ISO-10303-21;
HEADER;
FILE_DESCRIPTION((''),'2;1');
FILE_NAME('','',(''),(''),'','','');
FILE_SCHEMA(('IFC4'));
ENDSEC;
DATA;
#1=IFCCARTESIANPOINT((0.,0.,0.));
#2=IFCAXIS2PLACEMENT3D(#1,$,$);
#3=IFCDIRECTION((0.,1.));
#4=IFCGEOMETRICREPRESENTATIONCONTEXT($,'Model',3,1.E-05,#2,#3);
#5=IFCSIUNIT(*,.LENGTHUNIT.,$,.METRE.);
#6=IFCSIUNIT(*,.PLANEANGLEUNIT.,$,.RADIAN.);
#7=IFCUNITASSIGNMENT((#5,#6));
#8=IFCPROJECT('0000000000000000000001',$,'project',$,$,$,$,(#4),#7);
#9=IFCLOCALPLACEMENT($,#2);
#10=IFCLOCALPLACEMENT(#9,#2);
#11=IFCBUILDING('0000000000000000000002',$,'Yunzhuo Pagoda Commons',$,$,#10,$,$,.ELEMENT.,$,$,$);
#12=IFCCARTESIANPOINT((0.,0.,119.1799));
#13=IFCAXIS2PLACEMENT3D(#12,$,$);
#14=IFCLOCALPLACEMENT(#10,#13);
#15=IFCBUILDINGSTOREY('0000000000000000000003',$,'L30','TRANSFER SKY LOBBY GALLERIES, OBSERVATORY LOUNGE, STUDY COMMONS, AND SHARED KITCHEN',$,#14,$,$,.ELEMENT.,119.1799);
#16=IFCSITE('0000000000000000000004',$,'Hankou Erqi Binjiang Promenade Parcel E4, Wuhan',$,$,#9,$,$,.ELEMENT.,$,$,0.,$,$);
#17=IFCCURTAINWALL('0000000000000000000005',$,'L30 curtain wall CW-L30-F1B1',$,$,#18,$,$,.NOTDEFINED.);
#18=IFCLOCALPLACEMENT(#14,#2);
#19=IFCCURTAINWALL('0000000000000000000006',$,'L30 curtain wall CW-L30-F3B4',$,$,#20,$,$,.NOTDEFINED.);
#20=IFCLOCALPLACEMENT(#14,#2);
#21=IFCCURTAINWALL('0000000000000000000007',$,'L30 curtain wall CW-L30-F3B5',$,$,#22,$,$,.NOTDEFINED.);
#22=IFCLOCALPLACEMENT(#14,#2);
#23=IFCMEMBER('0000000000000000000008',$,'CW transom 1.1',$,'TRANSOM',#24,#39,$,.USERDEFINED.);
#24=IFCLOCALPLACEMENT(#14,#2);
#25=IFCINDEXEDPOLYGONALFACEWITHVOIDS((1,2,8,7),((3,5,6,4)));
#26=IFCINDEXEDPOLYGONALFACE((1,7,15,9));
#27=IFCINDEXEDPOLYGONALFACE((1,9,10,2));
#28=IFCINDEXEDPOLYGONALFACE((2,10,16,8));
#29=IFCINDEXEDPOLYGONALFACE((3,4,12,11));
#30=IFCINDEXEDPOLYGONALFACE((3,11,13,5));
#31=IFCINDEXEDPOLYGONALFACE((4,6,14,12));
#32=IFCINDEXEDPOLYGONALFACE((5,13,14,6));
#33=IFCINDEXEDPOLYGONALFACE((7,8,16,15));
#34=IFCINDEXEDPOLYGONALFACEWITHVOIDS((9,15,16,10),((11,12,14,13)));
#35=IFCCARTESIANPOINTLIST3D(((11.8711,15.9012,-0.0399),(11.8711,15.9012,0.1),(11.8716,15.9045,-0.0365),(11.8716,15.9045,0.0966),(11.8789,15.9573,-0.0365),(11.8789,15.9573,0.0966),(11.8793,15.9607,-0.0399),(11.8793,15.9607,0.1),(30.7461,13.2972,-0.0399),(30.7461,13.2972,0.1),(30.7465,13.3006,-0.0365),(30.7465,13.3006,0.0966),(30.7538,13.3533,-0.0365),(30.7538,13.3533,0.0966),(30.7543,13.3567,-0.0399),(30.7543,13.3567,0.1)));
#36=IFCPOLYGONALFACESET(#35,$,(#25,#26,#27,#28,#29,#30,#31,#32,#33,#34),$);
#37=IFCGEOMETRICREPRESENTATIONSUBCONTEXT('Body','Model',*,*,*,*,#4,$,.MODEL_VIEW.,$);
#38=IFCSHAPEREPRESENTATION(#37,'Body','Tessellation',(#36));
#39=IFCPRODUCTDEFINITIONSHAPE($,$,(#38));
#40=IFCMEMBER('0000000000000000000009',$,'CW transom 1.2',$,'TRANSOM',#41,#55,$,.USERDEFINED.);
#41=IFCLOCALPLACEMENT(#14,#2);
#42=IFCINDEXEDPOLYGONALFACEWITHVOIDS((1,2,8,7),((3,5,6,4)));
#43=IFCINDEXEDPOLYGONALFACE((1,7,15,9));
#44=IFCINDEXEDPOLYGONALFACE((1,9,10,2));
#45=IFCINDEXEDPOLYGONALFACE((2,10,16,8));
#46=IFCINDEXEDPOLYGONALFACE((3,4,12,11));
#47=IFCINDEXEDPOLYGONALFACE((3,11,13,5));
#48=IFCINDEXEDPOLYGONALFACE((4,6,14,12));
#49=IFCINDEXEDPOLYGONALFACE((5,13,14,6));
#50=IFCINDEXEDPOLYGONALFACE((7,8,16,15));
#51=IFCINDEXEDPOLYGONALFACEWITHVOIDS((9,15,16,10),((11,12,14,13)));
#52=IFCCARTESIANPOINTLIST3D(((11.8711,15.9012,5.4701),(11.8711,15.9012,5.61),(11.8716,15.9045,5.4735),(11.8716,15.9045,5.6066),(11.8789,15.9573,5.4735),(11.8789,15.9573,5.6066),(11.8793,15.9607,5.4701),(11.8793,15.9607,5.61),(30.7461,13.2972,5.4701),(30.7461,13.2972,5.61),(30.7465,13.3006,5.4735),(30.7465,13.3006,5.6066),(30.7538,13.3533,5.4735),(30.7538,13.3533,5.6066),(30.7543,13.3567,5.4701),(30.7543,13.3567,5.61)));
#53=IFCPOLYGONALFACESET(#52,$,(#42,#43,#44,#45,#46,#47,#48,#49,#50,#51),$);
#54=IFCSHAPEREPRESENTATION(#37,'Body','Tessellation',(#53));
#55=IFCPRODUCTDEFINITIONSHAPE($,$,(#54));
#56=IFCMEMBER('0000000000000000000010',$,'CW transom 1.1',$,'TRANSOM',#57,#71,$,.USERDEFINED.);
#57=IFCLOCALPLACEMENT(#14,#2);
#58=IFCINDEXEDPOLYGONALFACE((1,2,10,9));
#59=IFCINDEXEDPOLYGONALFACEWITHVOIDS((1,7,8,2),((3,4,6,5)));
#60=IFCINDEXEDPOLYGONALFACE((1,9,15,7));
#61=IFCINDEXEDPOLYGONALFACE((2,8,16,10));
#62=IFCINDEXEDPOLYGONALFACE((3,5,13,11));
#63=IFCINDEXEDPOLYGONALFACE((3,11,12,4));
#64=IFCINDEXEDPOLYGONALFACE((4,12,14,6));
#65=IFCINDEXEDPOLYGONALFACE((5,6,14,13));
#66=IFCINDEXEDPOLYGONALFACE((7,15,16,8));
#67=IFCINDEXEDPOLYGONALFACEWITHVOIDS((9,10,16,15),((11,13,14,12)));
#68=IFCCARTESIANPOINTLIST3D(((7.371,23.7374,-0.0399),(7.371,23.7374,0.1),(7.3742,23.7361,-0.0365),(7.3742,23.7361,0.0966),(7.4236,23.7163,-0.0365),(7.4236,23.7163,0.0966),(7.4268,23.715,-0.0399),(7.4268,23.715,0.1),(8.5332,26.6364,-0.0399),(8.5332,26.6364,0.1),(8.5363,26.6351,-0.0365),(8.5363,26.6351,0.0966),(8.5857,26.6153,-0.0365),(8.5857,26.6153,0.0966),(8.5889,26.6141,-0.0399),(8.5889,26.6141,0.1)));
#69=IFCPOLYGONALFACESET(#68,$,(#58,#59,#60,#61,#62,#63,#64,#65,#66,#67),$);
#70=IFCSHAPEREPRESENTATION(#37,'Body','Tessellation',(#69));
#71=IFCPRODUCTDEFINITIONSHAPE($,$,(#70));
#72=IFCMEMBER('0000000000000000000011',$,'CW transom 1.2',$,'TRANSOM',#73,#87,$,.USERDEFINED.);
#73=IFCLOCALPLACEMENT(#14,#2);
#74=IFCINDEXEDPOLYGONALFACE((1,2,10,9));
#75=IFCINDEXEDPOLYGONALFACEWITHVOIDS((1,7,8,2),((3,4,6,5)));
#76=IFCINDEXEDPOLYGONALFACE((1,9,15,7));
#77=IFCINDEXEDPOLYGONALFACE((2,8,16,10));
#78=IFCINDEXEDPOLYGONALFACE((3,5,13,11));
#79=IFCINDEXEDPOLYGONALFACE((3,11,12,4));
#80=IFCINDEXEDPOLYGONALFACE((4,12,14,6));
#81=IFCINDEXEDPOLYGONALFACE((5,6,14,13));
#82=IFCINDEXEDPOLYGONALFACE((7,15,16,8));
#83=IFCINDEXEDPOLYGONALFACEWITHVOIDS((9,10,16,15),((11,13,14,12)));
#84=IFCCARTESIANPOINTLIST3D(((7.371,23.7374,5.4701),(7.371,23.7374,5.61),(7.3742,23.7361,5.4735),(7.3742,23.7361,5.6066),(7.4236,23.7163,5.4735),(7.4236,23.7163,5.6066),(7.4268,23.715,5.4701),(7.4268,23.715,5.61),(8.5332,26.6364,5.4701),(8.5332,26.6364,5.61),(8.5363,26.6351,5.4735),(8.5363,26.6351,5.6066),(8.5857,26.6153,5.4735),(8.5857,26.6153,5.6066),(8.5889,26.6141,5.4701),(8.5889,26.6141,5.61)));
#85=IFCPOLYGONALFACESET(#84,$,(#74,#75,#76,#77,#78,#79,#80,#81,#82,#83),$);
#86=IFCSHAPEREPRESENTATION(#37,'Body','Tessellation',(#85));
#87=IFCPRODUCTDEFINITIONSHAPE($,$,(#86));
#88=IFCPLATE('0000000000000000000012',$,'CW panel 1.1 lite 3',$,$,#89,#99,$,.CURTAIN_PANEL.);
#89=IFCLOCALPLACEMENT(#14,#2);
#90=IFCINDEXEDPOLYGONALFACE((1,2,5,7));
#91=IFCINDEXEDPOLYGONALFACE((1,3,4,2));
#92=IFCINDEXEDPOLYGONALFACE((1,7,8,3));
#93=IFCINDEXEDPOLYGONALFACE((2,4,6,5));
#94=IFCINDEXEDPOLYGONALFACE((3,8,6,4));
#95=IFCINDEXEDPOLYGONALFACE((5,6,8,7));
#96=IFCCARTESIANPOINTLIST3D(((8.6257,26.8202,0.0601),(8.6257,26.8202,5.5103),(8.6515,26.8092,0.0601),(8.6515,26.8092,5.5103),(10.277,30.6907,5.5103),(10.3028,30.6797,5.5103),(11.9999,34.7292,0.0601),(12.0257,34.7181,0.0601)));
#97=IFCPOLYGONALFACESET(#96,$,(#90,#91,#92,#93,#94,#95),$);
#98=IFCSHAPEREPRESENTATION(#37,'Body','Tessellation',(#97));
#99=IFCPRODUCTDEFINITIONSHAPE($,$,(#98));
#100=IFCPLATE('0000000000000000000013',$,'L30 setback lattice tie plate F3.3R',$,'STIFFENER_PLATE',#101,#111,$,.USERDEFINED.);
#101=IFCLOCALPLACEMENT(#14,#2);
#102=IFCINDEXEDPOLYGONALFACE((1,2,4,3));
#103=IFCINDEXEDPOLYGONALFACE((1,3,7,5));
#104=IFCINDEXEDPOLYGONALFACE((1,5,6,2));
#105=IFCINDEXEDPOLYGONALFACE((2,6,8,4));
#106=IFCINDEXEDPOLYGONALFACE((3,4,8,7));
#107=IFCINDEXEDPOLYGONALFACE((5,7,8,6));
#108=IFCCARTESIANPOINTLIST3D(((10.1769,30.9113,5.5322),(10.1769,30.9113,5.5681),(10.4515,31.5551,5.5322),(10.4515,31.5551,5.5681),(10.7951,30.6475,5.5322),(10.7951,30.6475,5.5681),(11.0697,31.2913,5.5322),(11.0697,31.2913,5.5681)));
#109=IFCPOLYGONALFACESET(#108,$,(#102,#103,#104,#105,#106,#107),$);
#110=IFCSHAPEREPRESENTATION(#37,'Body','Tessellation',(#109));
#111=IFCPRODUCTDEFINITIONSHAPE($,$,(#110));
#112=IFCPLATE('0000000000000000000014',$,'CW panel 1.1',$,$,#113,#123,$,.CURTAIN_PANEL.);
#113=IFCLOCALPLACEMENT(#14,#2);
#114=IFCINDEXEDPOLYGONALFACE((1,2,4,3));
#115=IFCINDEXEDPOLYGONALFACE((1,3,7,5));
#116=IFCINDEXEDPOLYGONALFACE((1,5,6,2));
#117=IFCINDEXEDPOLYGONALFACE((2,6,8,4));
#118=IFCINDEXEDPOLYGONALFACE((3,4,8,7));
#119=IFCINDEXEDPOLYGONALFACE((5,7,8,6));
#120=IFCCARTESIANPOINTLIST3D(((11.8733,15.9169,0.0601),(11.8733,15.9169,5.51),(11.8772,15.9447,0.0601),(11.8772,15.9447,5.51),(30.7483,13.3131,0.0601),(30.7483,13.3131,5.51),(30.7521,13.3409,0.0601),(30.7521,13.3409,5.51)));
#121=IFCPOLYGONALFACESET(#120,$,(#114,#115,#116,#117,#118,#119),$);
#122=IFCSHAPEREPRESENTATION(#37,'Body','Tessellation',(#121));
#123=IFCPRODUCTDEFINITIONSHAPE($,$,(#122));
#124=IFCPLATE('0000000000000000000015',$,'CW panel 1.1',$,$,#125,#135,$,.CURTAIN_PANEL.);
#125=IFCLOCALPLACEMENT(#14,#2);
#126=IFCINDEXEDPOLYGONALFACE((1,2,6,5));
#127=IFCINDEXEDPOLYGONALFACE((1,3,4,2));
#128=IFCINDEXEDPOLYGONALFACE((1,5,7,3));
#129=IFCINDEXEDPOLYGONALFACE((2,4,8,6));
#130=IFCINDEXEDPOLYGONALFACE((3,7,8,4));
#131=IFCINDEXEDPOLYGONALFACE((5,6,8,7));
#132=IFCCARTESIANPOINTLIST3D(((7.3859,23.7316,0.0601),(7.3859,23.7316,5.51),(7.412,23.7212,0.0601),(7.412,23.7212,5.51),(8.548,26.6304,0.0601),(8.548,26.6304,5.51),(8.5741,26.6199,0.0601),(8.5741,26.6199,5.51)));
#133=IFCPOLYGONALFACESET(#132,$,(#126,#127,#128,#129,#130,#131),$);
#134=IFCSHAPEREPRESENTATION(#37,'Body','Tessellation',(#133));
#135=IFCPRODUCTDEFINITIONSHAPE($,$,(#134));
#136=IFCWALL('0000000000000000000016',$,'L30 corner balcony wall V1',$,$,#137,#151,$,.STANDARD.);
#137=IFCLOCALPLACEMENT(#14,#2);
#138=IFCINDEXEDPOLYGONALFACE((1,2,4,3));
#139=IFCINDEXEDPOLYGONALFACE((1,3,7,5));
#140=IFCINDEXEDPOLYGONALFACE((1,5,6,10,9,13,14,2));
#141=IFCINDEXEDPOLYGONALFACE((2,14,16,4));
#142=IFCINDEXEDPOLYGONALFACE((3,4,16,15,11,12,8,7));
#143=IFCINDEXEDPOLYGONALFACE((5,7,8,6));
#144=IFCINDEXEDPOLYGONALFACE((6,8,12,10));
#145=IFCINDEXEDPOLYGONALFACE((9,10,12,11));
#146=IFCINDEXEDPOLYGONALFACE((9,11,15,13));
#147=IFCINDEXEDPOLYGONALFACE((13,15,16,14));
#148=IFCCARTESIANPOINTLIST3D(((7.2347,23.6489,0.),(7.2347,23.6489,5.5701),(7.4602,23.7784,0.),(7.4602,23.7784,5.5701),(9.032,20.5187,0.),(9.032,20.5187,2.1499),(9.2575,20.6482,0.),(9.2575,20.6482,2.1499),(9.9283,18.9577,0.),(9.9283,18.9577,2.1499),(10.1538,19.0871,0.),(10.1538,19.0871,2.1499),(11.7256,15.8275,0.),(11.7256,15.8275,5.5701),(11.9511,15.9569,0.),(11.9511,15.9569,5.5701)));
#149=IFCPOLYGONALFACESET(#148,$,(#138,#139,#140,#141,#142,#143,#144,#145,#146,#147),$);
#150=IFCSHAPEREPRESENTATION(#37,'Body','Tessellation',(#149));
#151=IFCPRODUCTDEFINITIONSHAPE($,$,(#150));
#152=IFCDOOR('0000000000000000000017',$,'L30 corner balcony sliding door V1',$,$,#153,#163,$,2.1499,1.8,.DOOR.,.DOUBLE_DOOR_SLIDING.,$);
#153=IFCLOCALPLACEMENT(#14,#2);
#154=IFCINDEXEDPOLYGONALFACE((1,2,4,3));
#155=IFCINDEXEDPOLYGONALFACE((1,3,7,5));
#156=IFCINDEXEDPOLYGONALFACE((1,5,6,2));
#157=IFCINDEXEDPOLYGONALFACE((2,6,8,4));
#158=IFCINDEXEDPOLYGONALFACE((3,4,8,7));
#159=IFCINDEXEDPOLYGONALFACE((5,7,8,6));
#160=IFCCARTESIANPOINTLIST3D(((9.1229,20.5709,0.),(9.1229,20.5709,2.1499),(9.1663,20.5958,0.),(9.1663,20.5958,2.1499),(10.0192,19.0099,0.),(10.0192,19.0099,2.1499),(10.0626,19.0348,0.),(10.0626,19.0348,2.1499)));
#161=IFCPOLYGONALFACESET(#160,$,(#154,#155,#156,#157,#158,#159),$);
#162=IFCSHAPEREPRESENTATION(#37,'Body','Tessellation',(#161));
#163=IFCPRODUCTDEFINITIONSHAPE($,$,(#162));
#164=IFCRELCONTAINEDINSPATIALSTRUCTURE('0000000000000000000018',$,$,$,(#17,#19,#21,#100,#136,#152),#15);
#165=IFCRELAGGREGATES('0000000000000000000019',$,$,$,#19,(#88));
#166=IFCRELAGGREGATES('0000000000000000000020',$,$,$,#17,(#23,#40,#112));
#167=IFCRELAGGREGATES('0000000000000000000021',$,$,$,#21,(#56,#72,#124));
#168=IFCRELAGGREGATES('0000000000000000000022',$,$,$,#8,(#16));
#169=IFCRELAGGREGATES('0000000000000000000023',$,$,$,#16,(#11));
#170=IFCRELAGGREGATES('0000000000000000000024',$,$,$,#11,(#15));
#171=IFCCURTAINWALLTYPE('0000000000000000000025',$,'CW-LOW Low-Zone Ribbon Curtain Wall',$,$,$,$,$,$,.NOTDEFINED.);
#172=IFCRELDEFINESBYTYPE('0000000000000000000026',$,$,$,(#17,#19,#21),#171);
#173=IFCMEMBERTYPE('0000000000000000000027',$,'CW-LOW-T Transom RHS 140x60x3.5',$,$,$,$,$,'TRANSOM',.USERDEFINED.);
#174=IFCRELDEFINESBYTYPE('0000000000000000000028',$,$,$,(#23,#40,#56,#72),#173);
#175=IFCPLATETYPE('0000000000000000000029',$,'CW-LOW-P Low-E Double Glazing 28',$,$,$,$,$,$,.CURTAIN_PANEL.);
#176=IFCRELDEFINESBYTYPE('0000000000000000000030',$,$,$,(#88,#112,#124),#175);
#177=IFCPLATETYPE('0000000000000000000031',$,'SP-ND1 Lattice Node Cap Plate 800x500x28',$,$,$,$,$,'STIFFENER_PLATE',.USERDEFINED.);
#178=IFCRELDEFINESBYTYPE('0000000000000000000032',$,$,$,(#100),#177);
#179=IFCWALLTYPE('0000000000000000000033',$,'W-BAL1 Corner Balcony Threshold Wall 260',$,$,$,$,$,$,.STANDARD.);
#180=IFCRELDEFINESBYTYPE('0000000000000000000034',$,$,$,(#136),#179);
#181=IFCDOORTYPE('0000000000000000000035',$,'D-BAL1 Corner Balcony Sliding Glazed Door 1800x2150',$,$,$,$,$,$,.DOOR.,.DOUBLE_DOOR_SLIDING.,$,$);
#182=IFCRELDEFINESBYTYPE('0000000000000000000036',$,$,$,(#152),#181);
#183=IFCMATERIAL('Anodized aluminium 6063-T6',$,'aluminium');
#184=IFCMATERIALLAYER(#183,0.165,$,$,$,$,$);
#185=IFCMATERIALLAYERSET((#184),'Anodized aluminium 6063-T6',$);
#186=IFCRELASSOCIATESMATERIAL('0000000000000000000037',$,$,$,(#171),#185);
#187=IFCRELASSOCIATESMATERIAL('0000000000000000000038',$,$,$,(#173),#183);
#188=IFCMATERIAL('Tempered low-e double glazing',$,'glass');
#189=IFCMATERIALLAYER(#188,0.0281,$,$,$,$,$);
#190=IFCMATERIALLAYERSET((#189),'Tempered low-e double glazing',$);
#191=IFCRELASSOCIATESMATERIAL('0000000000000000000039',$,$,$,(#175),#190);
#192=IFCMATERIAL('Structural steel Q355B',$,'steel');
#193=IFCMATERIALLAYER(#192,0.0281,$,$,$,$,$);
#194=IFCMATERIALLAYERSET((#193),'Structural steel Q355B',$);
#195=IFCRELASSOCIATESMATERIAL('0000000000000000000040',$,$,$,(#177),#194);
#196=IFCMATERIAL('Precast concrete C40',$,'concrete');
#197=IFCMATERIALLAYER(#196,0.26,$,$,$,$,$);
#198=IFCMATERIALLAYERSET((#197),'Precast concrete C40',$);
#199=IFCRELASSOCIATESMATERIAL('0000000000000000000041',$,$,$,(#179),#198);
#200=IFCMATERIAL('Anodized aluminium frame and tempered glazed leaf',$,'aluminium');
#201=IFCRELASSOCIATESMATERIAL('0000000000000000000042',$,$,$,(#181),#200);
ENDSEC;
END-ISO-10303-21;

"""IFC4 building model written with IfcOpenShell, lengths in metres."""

from ifc_helpers import new_model, si_unit, direction, frame, frame_2d, origin, origin_with_axes, origin_2d, place, context, subcontext, project, spatial, polyline, rectangle, hollow_rectangle, outline, extrude, source, transform, mapped, material, layer, layer_set, material_profile, profile_set, type_object, element, fill, aggregate, save


model = new_model("IFC4")

# Units and contexts
model_context = context("Model", 3, precision=1e-05, world=origin(), true_north=direction((0.0, 1.0)))
body_context = subcontext(model_context, "Body", "Model", "MODEL_VIEW")
ifc_project = project(units=[si_unit("LENGTHUNIT", "METRE"), si_unit("PLANEANGLEUNIT", "RADIAN")], contexts=[model_context])

# Site, building, storey
site_placement = place(None, origin())
site = spatial("IfcSite", under=ifc_project, at=site_placement, Name="Hankou Erqi Binjiang Promenade Parcel E4, Wuhan", CompositionType="ELEMENT", RefElevation=0.0)
building_placement = place(site_placement, origin())
building = spatial("IfcBuilding", under=site, at=building_placement, Name="Yunzhuo Pagoda Commons", CompositionType="ELEMENT")
storey_placement = place(building_placement, frame((0.0, 0.0, 119.1799)))
storey = spatial("IfcBuildingStorey", under=building, at=storey_placement, Name="L30", Description="TRANSFER SKY LOBBY GALLERIES, OBSERVATORY LOUNGE, STUDY COMMONS, AND SHARED KITCHEN", CompositionType="ELEMENT", Elevation=119.1799)

# Shared definitions
ifc_material_1 = material(Name="Structural steel Q355B", Category="steel")

# Curtain walls
ifc_material_2 = material(Name="Anodized aluminium 6063-T6", Category="aluminium")
ifc_layer_1 = layer(ifc_material_2, 0.165)
ifc_layer_set_1 = layer_set([ifc_layer_1], Name="Anodized aluminium 6063-T6")
curtain_wall_type = type_object("IfcCurtainWallType", Name="CW-LOW Low-Zone Ribbon Curtain Wall", PredefinedType="NOTDEFINED", material=ifc_layer_set_1)
curtain_wall_1_placement = place(storey_placement, origin())
curtain_wall_1 = element("IfcCurtainWall", 1, at=curtain_wall_1_placement, inside=storey, type_object=curtain_wall_type, Name="L30 curtain wall CW-L30-F1B1", PredefinedType="NOTDEFINED")
curtain_wall_2_placement = place(storey_placement, origin())
curtain_wall_2 = element("IfcCurtainWall", 2, at=curtain_wall_2_placement, inside=storey, type_object=curtain_wall_type, Name="L30 curtain wall CW-L30-F3B4", PredefinedType="NOTDEFINED")

# Curtain wall
curtain_wall_3_placement = place(storey_placement, origin())
curtain_wall_3 = element("IfcCurtainWall", 3, at=curtain_wall_3_placement, inside=storey, type_object=curtain_wall_type, Name="L30 curtain wall CW-L30-F3B5", PredefinedType="NOTDEFINED")

# Members
ifc_material_profile_1 = material_profile(ifc_material_2, hollow_rectangle(XDim=0.0601, YDim=0.1399, WallThickness=0.0034, at=origin_2d()), Name="Anodized aluminium 6063-T6")
ifc_profile_set_1 = profile_set([ifc_material_profile_1], Name="Anodized aluminium 6063-T6")
member_type_1 = type_object("IfcMemberType", Name="CW-LOW-T Transom RHS 140x60x3.5", ElementType="TRANSOM", PredefinedType="USERDEFINED", material=ifc_profile_set_1)
shared_shape_1 = source(origin(), body_context, "Body", "SweptSolid", [
    extrude(hollow_rectangle(XDim=0.0601, YDim=0.1399, WallThickness=0.0034, at=origin_2d()), origin(), (0.0, 0.0, 1.0), 19.0537),
])
member_1_placement = place(storey_placement, frame((11.8752, 15.9309, 0.03), z_axis=(0.990617, -0.136666, 0.0), x_axis=(0.136666, 0.990617, 0.0)))
member_1 = element("IfcMember", 4, at=member_1_placement, type_object=member_type_1, Name="CW transom 1.1", ObjectType="TRANSOM", PredefinedType="USERDEFINED", context=body_context, shape_type="MappedRepresentation", body=[
    mapped(shared_shape_1, transform((0.0, 0.0, 0.0), scale=1.0)),
])
member_2_placement = place(storey_placement, frame((11.8752, 15.9309, 5.54), z_axis=(0.990617, -0.136666, 0.0), x_axis=(0.136666, 0.990617, 0.0)))
member_2 = element("IfcMember", 5, at=member_2_placement, type_object=member_type_1, Name="CW transom 1.2", ObjectType="TRANSOM", PredefinedType="USERDEFINED", context=body_context, shape_type="MappedRepresentation", body=[
    mapped(shared_shape_1, transform((0.0, 0.0, 0.0), scale=1.0)),
])
shared_shape_2 = source(origin(), body_context, "Body", "SweptSolid", [
    extrude(hollow_rectangle(XDim=0.0601, YDim=0.1399, WallThickness=0.0034, at=origin_2d()), origin(), (0.0, 0.0, 1.0), 3.1233),
])
member_3_placement = place(storey_placement, frame((8.561, 26.6252, 0.03), z_axis=(-0.372091, -0.928196, 0.0), x_axis=(0.928196, -0.372091, 0.0)))
member_3 = element("IfcMember", 6, at=member_3_placement, type_object=member_type_1, Name="CW transom 1.1", ObjectType="TRANSOM", PredefinedType="USERDEFINED", context=body_context, shape_type="MappedRepresentation", body=[
    mapped(shared_shape_2, transform((0.0, 0.0, 0.0), scale=1.0)),
])
member_4_placement = place(storey_placement, frame((8.561, 26.6252, 5.54), z_axis=(-0.372091, -0.928196, 0.0), x_axis=(0.928196, -0.372091, 0.0)))
member_4 = element("IfcMember", 7, at=member_4_placement, type_object=member_type_1, Name="CW transom 1.2", ObjectType="TRANSOM", PredefinedType="USERDEFINED", context=body_context, shape_type="MappedRepresentation", body=[
    mapped(shared_shape_2, transform((0.0, 0.0, 0.0), scale=1.0)),
])

# Plates
ifc_material_3 = material(Name="Tempered low-e double glazing", Category="glass")
ifc_layer_2 = layer(ifc_material_3, 0.0281)
ifc_layer_set_2 = layer_set([ifc_layer_2], Name="Tempered low-e double glazing")
plate_type_1 = type_object("IfcPlateType", Name="CW-LOW-P Low-E Double Glazing 28", PredefinedType="CURTAIN_PANEL", material=ifc_layer_set_2)
plate_1_placement = place(storey_placement, frame((10.3386, 30.7637, 2.7852), z_axis=(-0.919788, 0.392415, 0.0), x_axis=(-0.392415, -0.919788, 0.0)))
plate_1 = element("IfcPlate", 8, at=plate_1_placement, type_object=plate_type_1, Name="CW panel 1.1 lite 3", PredefinedType="CURTAIN_PANEL", context=body_context, shape_type="SweptSolid", body=[
    extrude(outline(polyline([(-4.2993, -2.7251), (4.2993, -2.7251), (4.2993, 2.7251), (0.0913, 2.7251), (-4.2993, -2.7251)])), origin(), (0.0, 0.0, 1.0), 0.0281),
])
aggregate(curtain_wall_2, [plate_1])
ifc_layer_3 = layer(ifc_material_1, 0.0281)
ifc_layer_set_3 = layer_set([ifc_layer_3], Name="Structural steel Q355B")
plate_type_2 = type_object("IfcPlateType", Name="SP-ND1 Lattice Node Cap Plate 800x500x28", ElementType="STIFFENER_PLATE", PredefinedType="USERDEFINED", material=ifc_layer_set_3)
shared_shape_3 = source(origin(), body_context, "Body", "SweptSolid", [
    extrude(rectangle(XDim=0.7, YDim=0.6721, at=origin_2d()), origin(), (0.0, 0.0, 1.0), 0.0359),
])
plate_2_placement = place(storey_placement, frame((10.6233, 31.1013, 5.5322), z_axis=(0.0, 0.0, 1.0), x_axis=(-0.392417, -0.919787, 0.0)))
element("IfcPlate", 9, at=plate_2_placement, inside=storey, type_object=plate_type_2, Name="L30 setback lattice tie plate F3.3R", ObjectType="STIFFENER_PLATE", PredefinedType="USERDEFINED", context=body_context, shape_type="MappedRepresentation", body=[
    mapped(shared_shape_3, transform((0.0, 0.0, 0.0), scale=1.0)),
])
shared_shape_4 = source(origin(), body_context, "Body", "SweptSolid", [
    extrude(rectangle(XDim=19.0537, YDim=0.0281, at=origin_2d()), origin(), (0.0, 0.0, 1.0), 5.45),
])
plate_3_placement = place(storey_placement, frame((21.3127, 14.6289, 0.0601), z_axis=(0.0, 0.0, 1.0), x_axis=(0.990618, -0.136657, 0.0)))
plate_3 = element("IfcPlate", 10, at=plate_3_placement, type_object=plate_type_1, Name="CW panel 1.1", PredefinedType="CURTAIN_PANEL", context=body_context, shape_type="MappedRepresentation", body=[
    mapped(shared_shape_4, transform((0.0, 0.0, 0.0), scale=1.0)),
])
aggregate(curtain_wall_1, [member_1, member_2, plate_3])
shared_shape_5 = source(origin(), body_context, "Body", "SweptSolid", [
    extrude(rectangle(XDim=3.123, YDim=0.0281, at=origin_2d()), origin(), (0.0, 0.0, 1.0), 5.45),
])
plate_4_placement = place(storey_placement, frame((7.98, 25.1758, 0.0601), z_axis=(0.0, 0.0, 1.0), x_axis=(-0.372106, -0.92819, 0.0)))
plate_4 = element("IfcPlate", 11, at=plate_4_placement, type_object=plate_type_1, Name="CW panel 1.1", PredefinedType="CURTAIN_PANEL", context=body_context, shape_type="MappedRepresentation", body=[
    mapped(shared_shape_5, transform((0.0, 0.0, 0.0), scale=1.0)),
])
aggregate(curtain_wall_3, [member_3, member_4, plate_4])

# Wall, opening, door
ifc_material_4 = material(Name="Precast concrete C40", Category="concrete")
ifc_layer_4 = layer(ifc_material_4, 0.26)
ifc_layer_set_4 = layer_set([ifc_layer_4], Name="Precast concrete C40")
wall_type = type_object("IfcWallType", Name="W-BAL1 Corner Balcony Threshold Wall 260", PredefinedType="STANDARD", material=ifc_layer_set_4)
wall_placement = place(storey_placement, frame((7.3474, 23.7136, 0.0), z_axis=(0.0, 0.0, 1.0), x_axis=(0.497937, -0.867213, 0.0)))
wall = element("IfcWall", 12, at=wall_placement, inside=storey, type_object=wall_type, Name="L30 corner balcony wall V1", PredefinedType="STANDARD", context=body_context, shape_type="SweptSolid", body=[
    extrude(rectangle(XDim=9.019, YDim=0.26, at=frame_2d((4.5095, 0.0))), origin(), (0.0, 0.0, 1.0), 5.5701),
])
opening_placement = place(wall_placement, frame((3.6096, 0.0, 0.0)))
opening = element("IfcOpeningElement", 13, at=opening_placement, cuts=wall, PredefinedType="OPENING", context=body_context, shape_type="SweptSolid", body=[
    extrude(rectangle(XDim=1.8, YDim=2.1499, at=frame_2d((0.8999, 1.075))), frame((0.0, 0.1401, 0.0), z_axis=(0.0, -1.0, 0.0), x_axis=(1.0, 0.0, 0.0)), (0.0, 0.0, 1.0), 0.28),
])
ifc_material_5 = material(Name="Anodized aluminium frame and tempered glazed leaf", Category="aluminium")
door_type = type_object("IfcDoorType", Name="D-BAL1 Corner Balcony Sliding Glazed Door 1800x2150", OperationType="DOUBLE_DOOR_SLIDING", PredefinedType="DOOR", material=ifc_material_5)
shared_shape_6 = source(origin(), body_context, "Body", "SweptSolid", [
    extrude(rectangle(XDim=1.8, YDim=2.1499, at=frame_2d((0.8999, 1.075))), frame((0.0, 0.0249, 0.0), z_axis=(0.0, -1.0, 0.0), x_axis=(1.0, 0.0, 0.0)), (0.0, 0.0, 1.0), 0.05),
])
door_placement = place(opening_placement, origin_with_axes())
door = element("IfcDoor", 14, at=door_placement, inside=storey, type_object=door_type, Name="L30 corner balcony sliding door V1", OperationType="DOUBLE_DOOR_SLIDING", OverallHeight=2.1499, OverallWidth=1.8, PredefinedType="DOOR", context=body_context, shape_type="MappedRepresentation", body=[
    mapped(shared_shape_6, transform((0.0, 0.0, 0.0), scale=1.0)),
])
fill(opening, door)

save(model, "model.ifc")
